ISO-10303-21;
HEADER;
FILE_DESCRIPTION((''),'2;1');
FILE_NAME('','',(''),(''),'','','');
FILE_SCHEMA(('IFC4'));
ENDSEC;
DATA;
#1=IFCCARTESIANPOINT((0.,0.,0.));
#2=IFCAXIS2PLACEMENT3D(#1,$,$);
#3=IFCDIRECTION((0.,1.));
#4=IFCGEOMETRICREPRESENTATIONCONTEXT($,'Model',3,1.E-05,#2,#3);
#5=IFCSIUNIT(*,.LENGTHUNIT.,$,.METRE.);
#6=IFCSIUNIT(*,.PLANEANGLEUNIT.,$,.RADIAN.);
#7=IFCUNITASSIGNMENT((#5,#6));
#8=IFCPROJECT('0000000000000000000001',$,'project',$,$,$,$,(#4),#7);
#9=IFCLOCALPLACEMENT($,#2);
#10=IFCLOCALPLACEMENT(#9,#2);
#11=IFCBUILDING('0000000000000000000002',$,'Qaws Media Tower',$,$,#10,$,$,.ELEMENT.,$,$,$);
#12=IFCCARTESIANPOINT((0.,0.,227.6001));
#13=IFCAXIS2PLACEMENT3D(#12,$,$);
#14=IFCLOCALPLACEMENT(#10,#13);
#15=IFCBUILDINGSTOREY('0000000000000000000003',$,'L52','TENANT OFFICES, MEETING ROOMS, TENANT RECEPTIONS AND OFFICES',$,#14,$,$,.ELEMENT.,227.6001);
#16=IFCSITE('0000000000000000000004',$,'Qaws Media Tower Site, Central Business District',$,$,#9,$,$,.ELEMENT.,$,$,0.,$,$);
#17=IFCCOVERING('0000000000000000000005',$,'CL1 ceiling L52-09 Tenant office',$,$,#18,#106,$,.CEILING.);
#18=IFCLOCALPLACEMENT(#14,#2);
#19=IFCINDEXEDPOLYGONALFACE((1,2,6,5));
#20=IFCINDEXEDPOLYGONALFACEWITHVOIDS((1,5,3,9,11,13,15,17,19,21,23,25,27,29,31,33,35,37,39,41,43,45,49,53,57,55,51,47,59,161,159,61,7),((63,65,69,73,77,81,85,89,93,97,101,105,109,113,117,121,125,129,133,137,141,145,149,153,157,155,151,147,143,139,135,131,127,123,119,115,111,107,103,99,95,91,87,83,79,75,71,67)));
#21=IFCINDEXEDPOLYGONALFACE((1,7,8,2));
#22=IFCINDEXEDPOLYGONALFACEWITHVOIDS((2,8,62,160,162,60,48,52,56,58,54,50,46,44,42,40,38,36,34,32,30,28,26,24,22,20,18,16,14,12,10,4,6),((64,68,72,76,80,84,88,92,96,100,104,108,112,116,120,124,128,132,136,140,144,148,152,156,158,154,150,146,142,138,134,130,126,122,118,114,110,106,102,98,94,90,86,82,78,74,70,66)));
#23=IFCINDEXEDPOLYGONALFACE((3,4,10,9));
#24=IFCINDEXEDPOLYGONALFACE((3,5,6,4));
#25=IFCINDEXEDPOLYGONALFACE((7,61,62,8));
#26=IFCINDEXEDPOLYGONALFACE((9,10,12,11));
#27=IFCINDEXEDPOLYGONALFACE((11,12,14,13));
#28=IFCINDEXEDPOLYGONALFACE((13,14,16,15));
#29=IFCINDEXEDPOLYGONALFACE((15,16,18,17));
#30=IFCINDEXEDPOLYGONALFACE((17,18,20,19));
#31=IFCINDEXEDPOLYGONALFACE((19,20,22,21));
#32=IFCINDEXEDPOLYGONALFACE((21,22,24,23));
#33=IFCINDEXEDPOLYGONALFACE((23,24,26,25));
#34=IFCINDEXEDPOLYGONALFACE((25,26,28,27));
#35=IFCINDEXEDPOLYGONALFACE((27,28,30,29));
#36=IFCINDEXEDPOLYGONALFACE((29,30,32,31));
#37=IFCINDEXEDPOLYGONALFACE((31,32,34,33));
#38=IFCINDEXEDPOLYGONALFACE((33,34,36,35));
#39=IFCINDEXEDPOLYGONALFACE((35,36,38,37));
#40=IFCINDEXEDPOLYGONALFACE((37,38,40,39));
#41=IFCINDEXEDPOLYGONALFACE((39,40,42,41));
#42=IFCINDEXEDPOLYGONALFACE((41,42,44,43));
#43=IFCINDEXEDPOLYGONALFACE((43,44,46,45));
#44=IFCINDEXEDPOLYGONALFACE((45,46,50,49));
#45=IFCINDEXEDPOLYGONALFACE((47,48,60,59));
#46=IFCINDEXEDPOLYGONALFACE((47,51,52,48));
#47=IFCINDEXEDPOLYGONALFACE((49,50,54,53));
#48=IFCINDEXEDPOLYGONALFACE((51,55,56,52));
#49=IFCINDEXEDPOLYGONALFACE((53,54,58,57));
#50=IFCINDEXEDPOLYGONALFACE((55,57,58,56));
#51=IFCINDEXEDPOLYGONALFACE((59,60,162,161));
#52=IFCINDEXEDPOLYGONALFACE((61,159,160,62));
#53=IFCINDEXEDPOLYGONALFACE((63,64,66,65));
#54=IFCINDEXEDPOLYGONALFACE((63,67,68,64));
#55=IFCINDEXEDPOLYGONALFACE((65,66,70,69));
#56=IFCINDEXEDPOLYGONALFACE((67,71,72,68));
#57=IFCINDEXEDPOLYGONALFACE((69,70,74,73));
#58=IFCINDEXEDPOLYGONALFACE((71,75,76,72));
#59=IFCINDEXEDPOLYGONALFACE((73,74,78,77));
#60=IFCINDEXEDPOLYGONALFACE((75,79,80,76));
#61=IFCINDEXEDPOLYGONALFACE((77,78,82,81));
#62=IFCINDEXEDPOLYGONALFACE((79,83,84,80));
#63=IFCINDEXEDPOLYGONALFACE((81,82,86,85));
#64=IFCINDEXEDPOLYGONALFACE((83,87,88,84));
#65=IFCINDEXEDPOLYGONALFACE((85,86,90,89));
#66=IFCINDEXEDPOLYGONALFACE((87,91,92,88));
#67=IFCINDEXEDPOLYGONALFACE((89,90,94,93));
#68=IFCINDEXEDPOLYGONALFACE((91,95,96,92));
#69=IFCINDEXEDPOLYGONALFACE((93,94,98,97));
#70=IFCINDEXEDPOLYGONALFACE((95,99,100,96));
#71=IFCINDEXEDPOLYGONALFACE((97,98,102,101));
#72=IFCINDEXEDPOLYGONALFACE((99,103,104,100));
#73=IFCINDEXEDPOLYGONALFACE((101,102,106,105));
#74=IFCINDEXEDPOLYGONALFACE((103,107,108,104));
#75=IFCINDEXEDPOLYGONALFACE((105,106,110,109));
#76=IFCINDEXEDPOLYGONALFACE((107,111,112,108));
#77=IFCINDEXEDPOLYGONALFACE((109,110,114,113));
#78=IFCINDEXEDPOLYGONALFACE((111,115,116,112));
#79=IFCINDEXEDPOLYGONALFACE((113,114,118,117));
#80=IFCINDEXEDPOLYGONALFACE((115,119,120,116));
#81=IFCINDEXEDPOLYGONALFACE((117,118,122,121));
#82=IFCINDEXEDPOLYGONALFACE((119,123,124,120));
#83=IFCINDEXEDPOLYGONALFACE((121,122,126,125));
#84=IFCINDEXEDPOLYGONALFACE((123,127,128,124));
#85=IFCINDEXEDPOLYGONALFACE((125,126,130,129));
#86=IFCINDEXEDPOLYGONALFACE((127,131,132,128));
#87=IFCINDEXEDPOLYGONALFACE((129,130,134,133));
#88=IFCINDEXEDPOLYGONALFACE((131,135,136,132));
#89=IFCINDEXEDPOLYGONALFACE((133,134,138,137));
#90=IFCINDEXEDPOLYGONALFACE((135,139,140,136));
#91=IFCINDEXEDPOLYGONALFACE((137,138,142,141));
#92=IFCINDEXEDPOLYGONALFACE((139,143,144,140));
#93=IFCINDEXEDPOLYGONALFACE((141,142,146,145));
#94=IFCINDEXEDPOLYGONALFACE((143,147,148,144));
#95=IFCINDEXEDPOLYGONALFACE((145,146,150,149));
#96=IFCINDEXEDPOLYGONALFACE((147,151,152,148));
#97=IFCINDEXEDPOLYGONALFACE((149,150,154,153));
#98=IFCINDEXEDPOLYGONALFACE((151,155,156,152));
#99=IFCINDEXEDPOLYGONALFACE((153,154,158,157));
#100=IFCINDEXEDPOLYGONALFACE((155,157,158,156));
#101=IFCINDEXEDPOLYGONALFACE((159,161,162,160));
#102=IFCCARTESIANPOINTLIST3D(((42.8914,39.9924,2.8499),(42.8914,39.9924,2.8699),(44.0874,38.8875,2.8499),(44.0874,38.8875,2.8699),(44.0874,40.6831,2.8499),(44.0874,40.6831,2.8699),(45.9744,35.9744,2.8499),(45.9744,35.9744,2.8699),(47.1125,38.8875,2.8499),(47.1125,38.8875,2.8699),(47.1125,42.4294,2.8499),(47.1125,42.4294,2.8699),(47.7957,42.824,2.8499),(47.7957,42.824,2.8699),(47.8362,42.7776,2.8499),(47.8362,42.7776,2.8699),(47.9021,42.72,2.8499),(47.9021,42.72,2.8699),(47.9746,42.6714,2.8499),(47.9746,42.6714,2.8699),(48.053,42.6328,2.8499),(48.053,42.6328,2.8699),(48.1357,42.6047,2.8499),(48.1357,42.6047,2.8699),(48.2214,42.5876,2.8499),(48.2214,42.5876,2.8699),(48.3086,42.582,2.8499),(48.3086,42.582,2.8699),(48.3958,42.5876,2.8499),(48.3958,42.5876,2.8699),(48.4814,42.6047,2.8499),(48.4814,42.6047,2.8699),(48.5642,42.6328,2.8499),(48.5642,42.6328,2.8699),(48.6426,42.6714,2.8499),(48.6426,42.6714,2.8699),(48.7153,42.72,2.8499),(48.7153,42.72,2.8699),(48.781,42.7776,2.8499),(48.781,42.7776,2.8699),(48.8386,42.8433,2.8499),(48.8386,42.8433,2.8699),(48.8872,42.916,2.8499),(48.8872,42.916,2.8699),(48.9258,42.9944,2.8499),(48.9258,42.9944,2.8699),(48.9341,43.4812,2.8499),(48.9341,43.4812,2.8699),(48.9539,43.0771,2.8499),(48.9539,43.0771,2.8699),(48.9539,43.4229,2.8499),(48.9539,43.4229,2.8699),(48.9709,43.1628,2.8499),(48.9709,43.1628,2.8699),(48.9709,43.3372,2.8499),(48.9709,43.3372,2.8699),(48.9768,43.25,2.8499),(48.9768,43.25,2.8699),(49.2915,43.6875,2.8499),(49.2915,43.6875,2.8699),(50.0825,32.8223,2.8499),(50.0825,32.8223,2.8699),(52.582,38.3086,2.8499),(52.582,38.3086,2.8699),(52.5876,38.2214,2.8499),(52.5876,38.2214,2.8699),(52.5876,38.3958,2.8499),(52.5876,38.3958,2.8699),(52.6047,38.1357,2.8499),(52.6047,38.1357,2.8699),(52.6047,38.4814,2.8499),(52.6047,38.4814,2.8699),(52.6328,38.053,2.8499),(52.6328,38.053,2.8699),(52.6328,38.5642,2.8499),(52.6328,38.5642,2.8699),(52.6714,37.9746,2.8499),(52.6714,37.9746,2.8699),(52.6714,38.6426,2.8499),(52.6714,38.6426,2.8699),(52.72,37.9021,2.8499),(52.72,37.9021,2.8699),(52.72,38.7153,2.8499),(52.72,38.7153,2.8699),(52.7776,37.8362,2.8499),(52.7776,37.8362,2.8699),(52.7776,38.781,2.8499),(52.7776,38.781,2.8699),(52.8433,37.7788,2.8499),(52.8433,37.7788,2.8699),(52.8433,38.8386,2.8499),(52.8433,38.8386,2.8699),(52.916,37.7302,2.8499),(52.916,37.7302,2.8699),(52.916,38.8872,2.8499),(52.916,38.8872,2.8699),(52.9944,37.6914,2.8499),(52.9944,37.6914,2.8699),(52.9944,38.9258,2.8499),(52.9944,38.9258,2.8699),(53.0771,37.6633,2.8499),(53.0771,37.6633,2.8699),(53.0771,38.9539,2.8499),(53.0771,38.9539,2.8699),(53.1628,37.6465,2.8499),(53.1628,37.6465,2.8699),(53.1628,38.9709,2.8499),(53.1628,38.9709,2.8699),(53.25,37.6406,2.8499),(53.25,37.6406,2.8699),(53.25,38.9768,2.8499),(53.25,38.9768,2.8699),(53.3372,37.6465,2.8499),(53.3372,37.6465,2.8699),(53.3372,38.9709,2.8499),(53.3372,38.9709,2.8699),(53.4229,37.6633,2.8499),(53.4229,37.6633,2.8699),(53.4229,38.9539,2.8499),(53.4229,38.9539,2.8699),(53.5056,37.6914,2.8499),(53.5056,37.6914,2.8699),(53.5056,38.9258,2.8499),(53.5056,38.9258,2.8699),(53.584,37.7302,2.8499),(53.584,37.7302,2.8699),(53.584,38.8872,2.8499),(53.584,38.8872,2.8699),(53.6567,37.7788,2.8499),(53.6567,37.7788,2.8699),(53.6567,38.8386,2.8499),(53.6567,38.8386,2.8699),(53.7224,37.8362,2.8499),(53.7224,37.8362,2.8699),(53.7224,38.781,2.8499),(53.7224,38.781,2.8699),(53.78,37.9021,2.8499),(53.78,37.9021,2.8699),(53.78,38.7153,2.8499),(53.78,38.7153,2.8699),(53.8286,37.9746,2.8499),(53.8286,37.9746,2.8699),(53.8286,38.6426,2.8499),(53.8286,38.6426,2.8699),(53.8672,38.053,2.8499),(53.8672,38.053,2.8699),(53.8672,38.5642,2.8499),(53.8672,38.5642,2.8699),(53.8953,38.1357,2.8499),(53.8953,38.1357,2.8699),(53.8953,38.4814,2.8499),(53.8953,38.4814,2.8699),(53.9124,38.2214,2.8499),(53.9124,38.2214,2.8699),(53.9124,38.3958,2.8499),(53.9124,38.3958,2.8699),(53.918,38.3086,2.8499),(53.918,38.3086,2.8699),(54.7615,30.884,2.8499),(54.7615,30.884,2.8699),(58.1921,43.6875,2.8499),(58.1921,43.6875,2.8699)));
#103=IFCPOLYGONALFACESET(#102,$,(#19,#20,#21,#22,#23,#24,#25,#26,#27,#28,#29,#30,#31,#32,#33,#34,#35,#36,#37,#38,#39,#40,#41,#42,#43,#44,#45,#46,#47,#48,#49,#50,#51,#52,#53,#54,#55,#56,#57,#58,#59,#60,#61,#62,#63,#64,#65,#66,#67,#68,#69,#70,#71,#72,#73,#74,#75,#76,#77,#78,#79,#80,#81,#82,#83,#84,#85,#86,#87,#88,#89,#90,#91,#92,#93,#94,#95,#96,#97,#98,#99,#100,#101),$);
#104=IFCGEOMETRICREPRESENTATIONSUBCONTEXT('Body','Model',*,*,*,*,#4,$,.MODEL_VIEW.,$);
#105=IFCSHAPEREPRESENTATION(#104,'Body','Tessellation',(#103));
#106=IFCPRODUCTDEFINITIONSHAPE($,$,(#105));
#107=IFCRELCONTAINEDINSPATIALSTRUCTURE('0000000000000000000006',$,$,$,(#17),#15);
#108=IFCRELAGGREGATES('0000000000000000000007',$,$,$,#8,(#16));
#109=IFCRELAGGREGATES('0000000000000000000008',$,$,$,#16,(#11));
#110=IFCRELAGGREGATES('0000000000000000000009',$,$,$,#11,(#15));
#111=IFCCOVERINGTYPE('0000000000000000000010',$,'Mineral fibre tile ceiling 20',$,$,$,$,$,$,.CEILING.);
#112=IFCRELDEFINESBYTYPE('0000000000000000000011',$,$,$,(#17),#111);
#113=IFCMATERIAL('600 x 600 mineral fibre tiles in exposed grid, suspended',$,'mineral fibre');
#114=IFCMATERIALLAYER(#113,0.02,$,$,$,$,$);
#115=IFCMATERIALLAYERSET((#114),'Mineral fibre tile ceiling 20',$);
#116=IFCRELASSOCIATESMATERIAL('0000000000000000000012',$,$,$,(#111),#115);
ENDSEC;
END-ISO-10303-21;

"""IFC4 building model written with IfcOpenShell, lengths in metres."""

from ifc_helpers import new_model, si_unit, direction, frame, origin, place, context, subcontext, project, spatial, polyline, outline, extrude, material, layer, layer_set, type_object, element, save


model = new_model("IFC4")

# Units and contexts
model_context = context("Model", 3, precision=1e-05, world=origin(), true_north=direction((0.0, 1.0)))
body_context = subcontext(model_context, "Body", "Model", "MODEL_VIEW")
ifc_project = project(units=[si_unit("LENGTHUNIT", "METRE"), si_unit("PLANEANGLEUNIT", "RADIAN")], contexts=[model_context])

# Site, building, storey
site_placement = place(None, origin())
site = spatial("IfcSite", under=ifc_project, at=site_placement, Name="Qaws Media Tower Site, Central Business District", CompositionType="ELEMENT", RefElevation=0.0)
building_placement = place(site_placement, origin())
building = spatial("IfcBuilding", under=site, at=building_placement, Name="Qaws Media Tower", CompositionType="ELEMENT")
storey_placement = place(building_placement, frame((0.0, 0.0, 227.6001)))
storey = spatial("IfcBuildingStorey", under=building, at=storey_placement, Name="L52", Description="TENANT OFFICES, MEETING ROOMS, TENANT RECEPTIONS AND OFFICES", CompositionType="ELEMENT", Elevation=227.6001)

# Covering
ifc_material_1 = material(Name="600 x 600 mineral fibre tiles in exposed grid, suspended", Category="mineral fibre")
ifc_layer_1 = layer(ifc_material_1, 0.02)
ifc_layer_set_1 = layer_set([ifc_layer_1], Name="Mineral fibre tile ceiling 20")
covering_type_1 = type_object("IfcCoveringType", Name="Mineral fibre tile ceiling 20", PredefinedType="CEILING", material=ifc_layer_set_1)
covering_1_placement = place(storey_placement, frame((0.0, 0.0, 2.8499)))
element("IfcCovering", 1, at=covering_1_placement, inside=storey, type_object=covering_type_1, Name="CL1 ceiling L52-09 Tenant office", PredefinedType="CEILING", context=body_context, shape_type="SweptSolid", body=[
    extrude(outline(polyline([(50.0825, 32.8223), (45.9744, 35.9744), (42.8914, 39.9924), (44.0874, 40.6831), (44.0874, 38.8875), (47.1125, 38.8875), (47.1125, 42.4294), (47.7957, 42.824), (47.8362, 42.7776), (47.9021, 42.72), (47.9746, 42.6714), (48.053, 42.6328), (48.1357, 42.6047), (48.2214, 42.5876), (48.3086, 42.582), (48.3958, 42.5876), (48.4814, 42.6047), (48.5642, 42.6328), (48.6426, 42.6714), (48.7153, 42.72), (48.781, 42.7776), (48.8386, 42.8433), (48.8872, 42.916), (48.9258, 42.9944), (48.9539, 43.0771), (48.9709, 43.1628), (48.9768, 43.25), (48.9709, 43.3372), (48.9539, 43.4229), (48.9341, 43.4812), (49.2915, 43.6875), (58.1921, 43.6875), (54.7615, 30.884), (50.0825, 32.8223)]), holes=[polyline([(53.8953, 38.1357), (53.9124, 38.2214), (53.918, 38.3086), (53.9124, 38.3958), (53.8953, 38.4814), (53.8672, 38.5642), (53.8286, 38.6426), (53.78, 38.7153), (53.7224, 38.781), (53.6567, 38.8386), (53.584, 38.8872), (53.5056, 38.9258), (53.4229, 38.9539), (53.3372, 38.9709), (53.25, 38.9768), (53.1628, 38.9709), (53.0771, 38.9539), (52.9944, 38.9258), (52.916, 38.8872), (52.8433, 38.8386), (52.7776, 38.781), (52.72, 38.7153), (52.6714, 38.6426), (52.6328, 38.5642), (52.6047, 38.4814), (52.5876, 38.3958), (52.582, 38.3086), (52.5876, 38.2214), (52.6047, 38.1357), (52.6328, 38.053), (52.6714, 37.9746), (52.72, 37.9021), (52.7776, 37.8362), (52.8433, 37.7788), (52.916, 37.7302), (52.9944, 37.6914), (53.0771, 37.6633), (53.1628, 37.6465), (53.25, 37.6406), (53.3372, 37.6465), (53.4229, 37.6633), (53.5056, 37.6914), (53.584, 37.7302), (53.6567, 37.7788), (53.7224, 37.8362), (53.78, 37.9021), (53.8286, 37.9746), (53.8672, 38.053), (53.8953, 38.1357)])]), origin(), (0.0, 0.0, 1.0), 0.02),
])

save(model, "model.ifc")
